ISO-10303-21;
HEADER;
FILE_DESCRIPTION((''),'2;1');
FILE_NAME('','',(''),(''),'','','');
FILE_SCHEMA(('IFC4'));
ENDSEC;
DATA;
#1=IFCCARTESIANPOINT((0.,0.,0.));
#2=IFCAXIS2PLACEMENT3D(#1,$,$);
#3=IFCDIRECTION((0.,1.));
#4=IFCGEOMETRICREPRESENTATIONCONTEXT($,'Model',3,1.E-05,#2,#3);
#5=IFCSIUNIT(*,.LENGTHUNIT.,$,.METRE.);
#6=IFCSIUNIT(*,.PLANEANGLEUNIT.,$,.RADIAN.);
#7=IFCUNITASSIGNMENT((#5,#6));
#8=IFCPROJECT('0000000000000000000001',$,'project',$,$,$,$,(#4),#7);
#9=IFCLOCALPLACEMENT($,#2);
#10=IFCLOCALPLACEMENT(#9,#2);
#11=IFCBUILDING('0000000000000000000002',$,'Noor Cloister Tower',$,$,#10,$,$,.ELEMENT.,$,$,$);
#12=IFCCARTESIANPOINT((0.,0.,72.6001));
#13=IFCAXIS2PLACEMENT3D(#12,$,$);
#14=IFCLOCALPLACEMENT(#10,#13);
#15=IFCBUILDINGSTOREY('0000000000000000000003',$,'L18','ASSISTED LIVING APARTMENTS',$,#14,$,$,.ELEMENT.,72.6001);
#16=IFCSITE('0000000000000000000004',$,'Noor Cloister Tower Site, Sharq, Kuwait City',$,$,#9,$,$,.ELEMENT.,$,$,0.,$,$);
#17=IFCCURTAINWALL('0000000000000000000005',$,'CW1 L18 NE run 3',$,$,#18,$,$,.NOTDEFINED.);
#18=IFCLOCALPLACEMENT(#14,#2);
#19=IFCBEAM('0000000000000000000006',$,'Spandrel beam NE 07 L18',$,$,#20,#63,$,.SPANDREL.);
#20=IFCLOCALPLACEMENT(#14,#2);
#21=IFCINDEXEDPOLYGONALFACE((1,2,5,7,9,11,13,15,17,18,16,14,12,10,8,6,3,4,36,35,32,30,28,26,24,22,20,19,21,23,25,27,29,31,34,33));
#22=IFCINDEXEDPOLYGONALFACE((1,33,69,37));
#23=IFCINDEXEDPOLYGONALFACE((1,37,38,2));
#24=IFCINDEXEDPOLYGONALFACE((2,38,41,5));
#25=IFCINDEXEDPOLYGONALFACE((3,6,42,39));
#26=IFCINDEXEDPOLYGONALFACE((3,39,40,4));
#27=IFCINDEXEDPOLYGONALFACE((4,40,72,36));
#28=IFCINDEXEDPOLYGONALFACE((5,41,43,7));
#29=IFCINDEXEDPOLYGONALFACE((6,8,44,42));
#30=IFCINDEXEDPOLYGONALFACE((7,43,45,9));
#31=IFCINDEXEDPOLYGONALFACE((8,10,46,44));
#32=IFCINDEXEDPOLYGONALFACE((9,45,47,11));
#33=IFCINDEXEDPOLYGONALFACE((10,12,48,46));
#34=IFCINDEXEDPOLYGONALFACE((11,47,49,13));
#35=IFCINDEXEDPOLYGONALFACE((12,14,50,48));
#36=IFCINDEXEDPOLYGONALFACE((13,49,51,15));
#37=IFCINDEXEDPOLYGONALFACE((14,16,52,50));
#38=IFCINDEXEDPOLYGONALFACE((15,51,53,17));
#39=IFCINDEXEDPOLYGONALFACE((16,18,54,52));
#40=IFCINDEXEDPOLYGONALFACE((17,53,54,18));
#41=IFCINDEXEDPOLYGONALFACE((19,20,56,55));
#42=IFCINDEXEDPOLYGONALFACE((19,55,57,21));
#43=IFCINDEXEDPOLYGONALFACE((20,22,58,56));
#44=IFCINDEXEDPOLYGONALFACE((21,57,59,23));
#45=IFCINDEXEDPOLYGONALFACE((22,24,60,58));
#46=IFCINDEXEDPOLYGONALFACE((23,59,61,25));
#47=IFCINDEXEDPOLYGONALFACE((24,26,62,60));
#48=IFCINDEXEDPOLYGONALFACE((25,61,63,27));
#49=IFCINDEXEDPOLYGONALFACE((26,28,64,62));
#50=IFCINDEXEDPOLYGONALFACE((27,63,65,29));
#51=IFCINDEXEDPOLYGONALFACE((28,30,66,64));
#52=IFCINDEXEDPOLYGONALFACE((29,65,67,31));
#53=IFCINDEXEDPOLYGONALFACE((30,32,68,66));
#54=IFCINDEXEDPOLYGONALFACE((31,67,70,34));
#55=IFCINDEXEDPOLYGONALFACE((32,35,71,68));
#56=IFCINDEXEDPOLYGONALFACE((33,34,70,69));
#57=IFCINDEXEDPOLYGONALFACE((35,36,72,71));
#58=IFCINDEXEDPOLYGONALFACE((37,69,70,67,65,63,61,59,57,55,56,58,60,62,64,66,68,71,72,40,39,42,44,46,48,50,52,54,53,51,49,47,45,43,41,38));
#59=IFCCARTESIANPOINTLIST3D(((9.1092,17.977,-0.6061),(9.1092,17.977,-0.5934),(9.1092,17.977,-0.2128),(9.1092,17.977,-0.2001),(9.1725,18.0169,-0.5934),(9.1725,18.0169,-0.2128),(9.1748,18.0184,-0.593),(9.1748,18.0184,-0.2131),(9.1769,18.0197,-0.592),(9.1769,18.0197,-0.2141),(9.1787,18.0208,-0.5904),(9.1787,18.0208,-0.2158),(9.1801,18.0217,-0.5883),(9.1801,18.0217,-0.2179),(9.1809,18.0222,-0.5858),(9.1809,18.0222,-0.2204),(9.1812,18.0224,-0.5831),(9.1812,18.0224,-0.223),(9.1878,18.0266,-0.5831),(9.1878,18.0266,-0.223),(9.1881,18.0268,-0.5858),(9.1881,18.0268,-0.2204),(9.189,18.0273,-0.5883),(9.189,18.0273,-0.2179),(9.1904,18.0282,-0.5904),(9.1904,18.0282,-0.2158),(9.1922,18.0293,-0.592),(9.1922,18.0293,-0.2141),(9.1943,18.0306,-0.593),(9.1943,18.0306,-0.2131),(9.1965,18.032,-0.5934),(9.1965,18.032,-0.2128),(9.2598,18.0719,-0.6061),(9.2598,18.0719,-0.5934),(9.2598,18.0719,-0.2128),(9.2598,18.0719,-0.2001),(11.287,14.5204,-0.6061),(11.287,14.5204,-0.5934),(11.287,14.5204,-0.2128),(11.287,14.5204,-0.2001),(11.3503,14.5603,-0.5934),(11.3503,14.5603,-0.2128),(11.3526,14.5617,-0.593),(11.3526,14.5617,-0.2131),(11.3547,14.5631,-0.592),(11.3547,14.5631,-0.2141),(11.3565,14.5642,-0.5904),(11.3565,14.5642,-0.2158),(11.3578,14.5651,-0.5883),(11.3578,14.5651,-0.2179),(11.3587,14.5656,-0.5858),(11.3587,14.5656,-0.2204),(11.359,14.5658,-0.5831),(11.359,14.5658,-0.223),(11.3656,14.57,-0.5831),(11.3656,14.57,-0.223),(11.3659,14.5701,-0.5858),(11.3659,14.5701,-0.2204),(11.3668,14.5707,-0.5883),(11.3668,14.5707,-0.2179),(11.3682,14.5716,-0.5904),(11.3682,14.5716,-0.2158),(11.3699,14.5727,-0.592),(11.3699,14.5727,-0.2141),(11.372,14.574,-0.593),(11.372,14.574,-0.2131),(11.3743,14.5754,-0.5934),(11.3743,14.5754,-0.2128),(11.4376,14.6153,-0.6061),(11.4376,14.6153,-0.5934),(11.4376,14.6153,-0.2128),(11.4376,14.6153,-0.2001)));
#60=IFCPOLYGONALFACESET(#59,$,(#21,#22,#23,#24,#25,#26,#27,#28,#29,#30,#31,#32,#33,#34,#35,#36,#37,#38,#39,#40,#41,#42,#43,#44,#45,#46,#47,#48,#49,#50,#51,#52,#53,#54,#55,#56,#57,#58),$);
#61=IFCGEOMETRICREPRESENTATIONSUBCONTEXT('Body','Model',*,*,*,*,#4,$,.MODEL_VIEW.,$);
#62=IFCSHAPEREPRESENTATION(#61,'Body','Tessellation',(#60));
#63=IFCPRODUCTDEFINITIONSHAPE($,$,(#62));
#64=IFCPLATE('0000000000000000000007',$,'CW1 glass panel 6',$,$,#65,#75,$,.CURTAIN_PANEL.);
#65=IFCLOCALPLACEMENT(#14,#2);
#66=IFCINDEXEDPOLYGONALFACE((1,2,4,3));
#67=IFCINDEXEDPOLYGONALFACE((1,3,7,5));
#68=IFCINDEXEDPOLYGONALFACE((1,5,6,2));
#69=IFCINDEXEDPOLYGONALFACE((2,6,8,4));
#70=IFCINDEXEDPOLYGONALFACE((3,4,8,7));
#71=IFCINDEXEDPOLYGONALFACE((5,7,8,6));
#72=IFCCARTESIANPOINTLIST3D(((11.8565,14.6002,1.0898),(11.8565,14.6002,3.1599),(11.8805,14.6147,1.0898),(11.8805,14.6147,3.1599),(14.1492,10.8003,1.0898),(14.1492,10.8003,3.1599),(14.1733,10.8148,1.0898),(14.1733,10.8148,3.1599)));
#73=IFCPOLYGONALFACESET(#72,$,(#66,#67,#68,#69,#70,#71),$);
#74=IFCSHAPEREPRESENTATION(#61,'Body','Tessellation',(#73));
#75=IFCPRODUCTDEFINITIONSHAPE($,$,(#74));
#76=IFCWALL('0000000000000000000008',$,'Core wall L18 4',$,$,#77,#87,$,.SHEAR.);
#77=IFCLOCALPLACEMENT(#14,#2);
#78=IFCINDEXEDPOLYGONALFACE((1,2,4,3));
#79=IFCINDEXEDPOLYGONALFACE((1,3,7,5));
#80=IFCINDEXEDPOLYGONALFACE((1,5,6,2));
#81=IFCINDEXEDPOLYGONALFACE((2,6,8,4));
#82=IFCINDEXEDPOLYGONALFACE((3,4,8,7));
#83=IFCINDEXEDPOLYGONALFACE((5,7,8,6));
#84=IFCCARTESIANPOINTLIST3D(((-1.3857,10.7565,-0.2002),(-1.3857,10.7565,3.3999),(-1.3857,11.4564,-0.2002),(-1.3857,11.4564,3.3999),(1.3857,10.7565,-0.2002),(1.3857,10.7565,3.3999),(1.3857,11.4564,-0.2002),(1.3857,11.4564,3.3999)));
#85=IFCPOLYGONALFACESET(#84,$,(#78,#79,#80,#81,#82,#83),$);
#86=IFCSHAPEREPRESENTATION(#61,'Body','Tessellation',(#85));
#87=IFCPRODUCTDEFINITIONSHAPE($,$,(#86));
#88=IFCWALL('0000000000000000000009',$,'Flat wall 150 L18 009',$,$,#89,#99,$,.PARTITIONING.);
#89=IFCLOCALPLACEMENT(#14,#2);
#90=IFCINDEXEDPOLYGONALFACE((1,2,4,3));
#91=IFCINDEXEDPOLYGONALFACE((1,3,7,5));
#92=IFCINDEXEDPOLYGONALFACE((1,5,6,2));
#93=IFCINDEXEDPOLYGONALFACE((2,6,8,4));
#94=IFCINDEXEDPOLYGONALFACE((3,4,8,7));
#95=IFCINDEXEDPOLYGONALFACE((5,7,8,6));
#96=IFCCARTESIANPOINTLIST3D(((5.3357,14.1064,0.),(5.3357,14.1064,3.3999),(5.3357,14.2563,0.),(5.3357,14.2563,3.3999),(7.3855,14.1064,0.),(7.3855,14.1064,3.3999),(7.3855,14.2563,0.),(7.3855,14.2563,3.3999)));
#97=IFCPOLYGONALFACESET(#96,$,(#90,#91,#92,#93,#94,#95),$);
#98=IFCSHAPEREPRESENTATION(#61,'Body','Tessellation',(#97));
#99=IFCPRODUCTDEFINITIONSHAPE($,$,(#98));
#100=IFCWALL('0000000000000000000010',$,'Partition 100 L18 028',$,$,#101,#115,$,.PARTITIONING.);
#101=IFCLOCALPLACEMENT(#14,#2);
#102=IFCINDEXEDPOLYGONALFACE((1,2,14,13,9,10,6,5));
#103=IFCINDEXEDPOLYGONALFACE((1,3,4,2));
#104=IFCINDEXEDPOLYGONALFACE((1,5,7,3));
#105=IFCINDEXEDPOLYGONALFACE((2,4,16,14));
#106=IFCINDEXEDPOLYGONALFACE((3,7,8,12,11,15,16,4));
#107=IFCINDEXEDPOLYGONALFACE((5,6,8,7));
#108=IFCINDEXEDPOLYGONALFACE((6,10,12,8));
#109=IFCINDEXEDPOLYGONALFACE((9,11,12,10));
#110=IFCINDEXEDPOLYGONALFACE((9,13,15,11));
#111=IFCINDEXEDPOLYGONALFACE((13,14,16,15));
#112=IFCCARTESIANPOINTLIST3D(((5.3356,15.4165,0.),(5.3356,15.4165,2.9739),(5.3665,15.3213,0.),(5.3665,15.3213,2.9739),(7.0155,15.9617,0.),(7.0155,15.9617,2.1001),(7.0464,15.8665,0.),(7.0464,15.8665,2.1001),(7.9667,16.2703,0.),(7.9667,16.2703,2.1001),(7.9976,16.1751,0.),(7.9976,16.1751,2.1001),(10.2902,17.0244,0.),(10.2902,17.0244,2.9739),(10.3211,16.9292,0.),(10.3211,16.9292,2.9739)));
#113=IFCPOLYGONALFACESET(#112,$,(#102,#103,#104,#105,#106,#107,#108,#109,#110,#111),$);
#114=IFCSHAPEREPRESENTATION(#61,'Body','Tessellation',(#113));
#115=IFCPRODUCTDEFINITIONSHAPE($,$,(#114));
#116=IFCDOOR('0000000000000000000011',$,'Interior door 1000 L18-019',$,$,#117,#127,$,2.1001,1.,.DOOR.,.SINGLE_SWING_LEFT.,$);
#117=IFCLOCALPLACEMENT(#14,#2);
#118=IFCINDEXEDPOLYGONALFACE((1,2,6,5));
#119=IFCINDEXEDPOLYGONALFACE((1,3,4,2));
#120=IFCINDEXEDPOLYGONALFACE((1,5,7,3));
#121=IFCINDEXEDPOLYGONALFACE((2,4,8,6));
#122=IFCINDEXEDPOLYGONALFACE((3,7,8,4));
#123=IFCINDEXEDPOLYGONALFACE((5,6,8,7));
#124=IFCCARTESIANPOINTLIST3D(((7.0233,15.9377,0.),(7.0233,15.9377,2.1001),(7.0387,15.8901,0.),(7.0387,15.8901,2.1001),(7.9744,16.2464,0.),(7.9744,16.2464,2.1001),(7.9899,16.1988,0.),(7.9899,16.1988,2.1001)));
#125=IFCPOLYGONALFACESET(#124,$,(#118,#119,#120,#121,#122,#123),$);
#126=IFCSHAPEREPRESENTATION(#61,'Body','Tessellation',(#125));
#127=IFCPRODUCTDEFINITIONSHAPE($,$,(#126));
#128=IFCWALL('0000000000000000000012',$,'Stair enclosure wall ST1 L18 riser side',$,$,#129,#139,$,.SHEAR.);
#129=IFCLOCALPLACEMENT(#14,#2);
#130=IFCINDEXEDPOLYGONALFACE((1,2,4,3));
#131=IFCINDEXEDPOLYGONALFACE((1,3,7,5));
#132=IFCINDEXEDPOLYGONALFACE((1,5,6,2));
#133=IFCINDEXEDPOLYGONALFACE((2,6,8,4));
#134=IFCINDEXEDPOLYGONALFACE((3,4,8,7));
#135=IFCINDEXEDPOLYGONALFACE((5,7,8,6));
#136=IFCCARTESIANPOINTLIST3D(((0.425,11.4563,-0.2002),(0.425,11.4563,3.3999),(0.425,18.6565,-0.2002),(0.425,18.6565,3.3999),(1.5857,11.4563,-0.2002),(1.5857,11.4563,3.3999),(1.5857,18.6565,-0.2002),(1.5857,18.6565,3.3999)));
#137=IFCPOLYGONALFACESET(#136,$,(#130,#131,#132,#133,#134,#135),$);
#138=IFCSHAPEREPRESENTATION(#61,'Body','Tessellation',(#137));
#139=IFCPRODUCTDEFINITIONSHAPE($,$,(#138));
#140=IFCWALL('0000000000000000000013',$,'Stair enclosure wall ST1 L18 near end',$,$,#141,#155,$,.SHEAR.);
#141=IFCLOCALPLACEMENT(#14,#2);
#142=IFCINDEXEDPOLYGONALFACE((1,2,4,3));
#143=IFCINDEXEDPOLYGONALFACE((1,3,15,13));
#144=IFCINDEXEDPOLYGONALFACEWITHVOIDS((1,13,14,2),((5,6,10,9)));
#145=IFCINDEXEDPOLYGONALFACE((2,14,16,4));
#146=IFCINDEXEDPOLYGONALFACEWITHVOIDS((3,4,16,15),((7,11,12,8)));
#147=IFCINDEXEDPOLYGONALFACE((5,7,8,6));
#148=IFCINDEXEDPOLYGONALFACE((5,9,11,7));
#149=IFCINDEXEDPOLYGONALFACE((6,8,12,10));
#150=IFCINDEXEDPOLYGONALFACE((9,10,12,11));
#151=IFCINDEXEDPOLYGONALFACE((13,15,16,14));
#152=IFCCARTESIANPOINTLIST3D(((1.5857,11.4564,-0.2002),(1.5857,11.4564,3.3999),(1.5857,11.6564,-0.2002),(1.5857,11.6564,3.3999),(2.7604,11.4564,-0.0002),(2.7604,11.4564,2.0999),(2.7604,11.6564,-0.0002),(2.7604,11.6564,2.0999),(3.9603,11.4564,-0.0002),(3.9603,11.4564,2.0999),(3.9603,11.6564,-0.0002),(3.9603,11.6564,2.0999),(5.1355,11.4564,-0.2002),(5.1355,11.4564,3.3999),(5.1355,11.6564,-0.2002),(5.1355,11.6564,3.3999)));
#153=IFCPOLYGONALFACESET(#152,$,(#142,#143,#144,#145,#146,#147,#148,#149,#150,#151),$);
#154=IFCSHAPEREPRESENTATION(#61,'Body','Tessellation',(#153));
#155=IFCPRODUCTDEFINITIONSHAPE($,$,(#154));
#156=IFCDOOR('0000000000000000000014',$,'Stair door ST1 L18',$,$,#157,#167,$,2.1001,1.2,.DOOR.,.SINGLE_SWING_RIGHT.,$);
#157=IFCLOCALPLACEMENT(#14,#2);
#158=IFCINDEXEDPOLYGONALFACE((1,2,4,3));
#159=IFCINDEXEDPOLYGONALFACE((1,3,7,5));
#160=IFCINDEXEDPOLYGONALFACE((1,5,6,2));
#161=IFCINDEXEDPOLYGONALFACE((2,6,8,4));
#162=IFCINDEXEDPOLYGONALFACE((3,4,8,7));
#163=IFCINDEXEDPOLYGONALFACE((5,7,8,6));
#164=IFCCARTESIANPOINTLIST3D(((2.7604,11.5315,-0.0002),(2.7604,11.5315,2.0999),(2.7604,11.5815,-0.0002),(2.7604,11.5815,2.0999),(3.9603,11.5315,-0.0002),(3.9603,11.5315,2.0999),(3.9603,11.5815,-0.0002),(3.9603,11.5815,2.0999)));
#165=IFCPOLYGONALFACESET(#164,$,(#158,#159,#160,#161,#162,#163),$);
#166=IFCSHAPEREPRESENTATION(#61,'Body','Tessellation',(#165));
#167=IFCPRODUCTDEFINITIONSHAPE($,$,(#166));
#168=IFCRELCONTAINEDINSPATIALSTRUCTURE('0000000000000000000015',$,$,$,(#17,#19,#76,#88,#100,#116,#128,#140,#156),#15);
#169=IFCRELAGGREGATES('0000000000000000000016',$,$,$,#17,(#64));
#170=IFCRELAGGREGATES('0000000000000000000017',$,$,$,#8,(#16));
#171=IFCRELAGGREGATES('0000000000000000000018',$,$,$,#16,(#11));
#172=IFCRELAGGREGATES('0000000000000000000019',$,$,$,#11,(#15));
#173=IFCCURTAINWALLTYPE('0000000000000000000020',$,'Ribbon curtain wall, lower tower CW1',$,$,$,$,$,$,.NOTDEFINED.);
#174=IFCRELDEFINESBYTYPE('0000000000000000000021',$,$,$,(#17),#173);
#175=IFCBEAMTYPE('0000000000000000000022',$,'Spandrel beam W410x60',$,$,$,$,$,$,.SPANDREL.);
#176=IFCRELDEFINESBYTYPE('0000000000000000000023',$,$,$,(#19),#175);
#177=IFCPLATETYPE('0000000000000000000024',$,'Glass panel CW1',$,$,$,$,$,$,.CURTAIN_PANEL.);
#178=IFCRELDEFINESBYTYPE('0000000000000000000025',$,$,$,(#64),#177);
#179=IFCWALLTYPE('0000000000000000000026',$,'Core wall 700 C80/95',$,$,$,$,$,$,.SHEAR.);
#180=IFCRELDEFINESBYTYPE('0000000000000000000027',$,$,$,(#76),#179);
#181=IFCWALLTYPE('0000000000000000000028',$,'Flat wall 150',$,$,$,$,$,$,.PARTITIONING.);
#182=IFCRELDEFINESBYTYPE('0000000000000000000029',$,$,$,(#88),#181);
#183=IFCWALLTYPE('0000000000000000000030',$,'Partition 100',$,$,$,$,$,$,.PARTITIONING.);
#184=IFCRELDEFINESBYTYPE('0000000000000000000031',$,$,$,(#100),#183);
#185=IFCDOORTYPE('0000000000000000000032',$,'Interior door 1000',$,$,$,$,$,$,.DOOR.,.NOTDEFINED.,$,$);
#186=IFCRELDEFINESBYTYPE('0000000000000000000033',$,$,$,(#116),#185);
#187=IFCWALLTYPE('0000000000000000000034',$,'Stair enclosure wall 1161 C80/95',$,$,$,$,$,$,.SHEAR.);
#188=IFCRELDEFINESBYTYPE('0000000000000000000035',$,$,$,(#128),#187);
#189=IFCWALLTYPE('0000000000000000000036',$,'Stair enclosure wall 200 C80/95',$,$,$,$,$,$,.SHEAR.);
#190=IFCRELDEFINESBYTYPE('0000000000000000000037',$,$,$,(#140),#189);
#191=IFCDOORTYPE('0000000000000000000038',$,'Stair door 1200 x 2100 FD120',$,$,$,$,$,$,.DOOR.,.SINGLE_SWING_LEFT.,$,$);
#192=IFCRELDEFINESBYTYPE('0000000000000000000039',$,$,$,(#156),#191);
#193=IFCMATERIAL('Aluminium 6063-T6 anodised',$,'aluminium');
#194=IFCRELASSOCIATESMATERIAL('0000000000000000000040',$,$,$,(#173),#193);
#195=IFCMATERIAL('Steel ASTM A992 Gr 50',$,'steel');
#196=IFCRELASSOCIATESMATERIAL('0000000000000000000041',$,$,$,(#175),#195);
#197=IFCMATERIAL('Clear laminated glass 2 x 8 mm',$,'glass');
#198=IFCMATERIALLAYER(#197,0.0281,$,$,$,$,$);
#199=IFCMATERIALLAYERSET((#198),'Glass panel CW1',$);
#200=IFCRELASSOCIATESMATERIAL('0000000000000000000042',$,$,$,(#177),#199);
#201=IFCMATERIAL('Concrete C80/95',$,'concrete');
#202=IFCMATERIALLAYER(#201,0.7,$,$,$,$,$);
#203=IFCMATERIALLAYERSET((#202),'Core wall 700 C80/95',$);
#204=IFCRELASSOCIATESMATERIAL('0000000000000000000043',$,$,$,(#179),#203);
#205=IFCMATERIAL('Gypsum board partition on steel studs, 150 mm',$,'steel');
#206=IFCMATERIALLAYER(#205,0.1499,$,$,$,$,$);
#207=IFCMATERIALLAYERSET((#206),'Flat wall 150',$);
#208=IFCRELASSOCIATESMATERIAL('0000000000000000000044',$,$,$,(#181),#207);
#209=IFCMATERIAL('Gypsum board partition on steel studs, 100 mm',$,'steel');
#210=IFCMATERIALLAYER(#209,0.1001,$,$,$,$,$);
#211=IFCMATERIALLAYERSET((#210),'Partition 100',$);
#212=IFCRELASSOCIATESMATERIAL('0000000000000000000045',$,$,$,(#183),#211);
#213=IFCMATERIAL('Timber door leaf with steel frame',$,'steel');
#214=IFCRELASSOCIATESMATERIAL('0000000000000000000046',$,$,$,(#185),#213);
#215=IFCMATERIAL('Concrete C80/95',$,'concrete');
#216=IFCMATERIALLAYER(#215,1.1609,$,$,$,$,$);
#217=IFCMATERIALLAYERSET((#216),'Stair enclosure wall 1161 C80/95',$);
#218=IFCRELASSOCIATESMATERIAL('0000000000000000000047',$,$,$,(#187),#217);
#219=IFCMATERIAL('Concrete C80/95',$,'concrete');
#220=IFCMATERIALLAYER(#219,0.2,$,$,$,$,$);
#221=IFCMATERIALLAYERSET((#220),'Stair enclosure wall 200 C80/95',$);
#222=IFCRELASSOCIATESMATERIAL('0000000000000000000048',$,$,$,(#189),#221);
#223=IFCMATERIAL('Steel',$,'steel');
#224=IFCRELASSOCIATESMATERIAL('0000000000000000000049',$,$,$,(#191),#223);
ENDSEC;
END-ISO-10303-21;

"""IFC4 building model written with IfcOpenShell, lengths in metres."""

from ifc_helpers import new_model, si_unit, direction, frame, frame_2d, origin, origin_2d, place, context, subcontext, project, spatial, rectangle, i_section, extrude, material, layer, layer_set, material_profile, profile_set, type_object, element, fill, aggregate, save


model = new_model("IFC4")

# Units and contexts
model_context = context("Model", 3, precision=1e-05, world=origin(), true_north=direction((0.0, 1.0)))
body_context = subcontext(model_context, "Body", "Model", "MODEL_VIEW")
ifc_project = project(units=[si_unit("LENGTHUNIT", "METRE"), si_unit("PLANEANGLEUNIT", "RADIAN")], contexts=[model_context])

# Site, building, storey
site_placement = place(None, origin())
site = spatial("IfcSite", under=ifc_project, at=site_placement, Name="Noor Cloister Tower Site, Sharq, Kuwait City", CompositionType="ELEMENT", RefElevation=0.0)
building_placement = place(site_placement, origin())
building = spatial("IfcBuilding", under=site, at=building_placement, Name="Noor Cloister Tower", CompositionType="ELEMENT")
storey_placement = place(building_placement, frame((0.0, 0.0, 72.6001)))
storey = spatial("IfcBuildingStorey", under=building, at=storey_placement, Name="L18", Description="ASSISTED LIVING APARTMENTS", CompositionType="ELEMENT", Elevation=72.6001)

# Curtain wall
ifc_material_1 = material(Name="Aluminium 6063-T6 anodised", Category="aluminium")
curtain_wall_type = type_object("IfcCurtainWallType", Name="Ribbon curtain wall, lower tower CW1", PredefinedType="NOTDEFINED", material=ifc_material_1)
curtain_wall_placement = place(storey_placement, origin())
curtain_wall = element("IfcCurtainWall", 1, at=curtain_wall_placement, inside=storey, type_object=curtain_wall_type, Name="CW1 L18 NE run 3", PredefinedType="NOTDEFINED")

# Beam
ifc_material_2 = material(Name="Steel ASTM A992 Gr 50", Category="steel")
ifc_material_profile_1 = material_profile(ifc_material_2, i_section(OverallWidth=0.178, OverallDepth=0.406, WebThickness=0.0078, FlangeThickness=0.0127, FilletRadius=0.0103, at=origin_2d()), Name="W410x60")
ifc_profile_set_1 = profile_set([ifc_material_profile_1], Name="Steel ASTM A992 Gr 50")
beam_type_1 = type_object("IfcBeamType", Name="Spandrel beam W410x60", PredefinedType="SPANDREL", material=ifc_profile_set_1)
beam_1_placement = place(storey_placement, frame((11.3623, 14.5679, -0.4031), z_axis=(-0.533057, 0.846079, 0.0), x_axis=(-0.846079, -0.533057, 0.0)))
element("IfcBeam", 2, at=beam_1_placement, inside=storey, type_object=beam_type_1, Name="Spandrel beam NE 07 L18", PredefinedType="SPANDREL", context=body_context, shape_type="SweptSolid", body=[
    extrude(i_section(OverallWidth=0.178, OverallDepth=0.406, WebThickness=0.0078, FlangeThickness=0.0127, FilletRadius=0.0103, at=origin_2d()), origin(), (0.0, 0.0, 1.0), 4.0854),
])

# Plate
ifc_material_3 = material(Name="Clear laminated glass 2 x 8 mm", Category="glass")
ifc_layer_1 = layer(ifc_material_3, 0.0281)
ifc_layer_set_1 = layer_set([ifc_layer_1], Name="Glass panel CW1")
plate_type = type_object("IfcPlateType", Name="Glass panel CW1", PredefinedType="CURTAIN_PANEL", material=ifc_layer_set_1)
plate_placement = place(storey_placement, frame((13.0149, 12.7075, 1.0898), z_axis=(0.0, 0.0, 1.0), x_axis=(-0.516614, 0.856219, 0.0)))
plate = element("IfcPlate", 3, at=plate_placement, type_object=plate_type, Name="CW1 glass panel 6", PredefinedType="CURTAIN_PANEL", context=body_context, shape_type="SweptSolid", body=[
    extrude(rectangle(XDim=4.438, YDim=0.0281, at=origin_2d()), origin(), (0.0, 0.0, 1.0), 2.0701),
])
aggregate(curtain_wall, [plate])

# Walls
ifc_material_4 = material(Name="Concrete C80/95", Category="concrete")
ifc_layer_2 = layer(ifc_material_4, 0.7)
ifc_layer_set_2 = layer_set([ifc_layer_2], Name="Core wall 700 C80/95")
wall_type_1 = type_object("IfcWallType", Name="Core wall 700 C80/95", PredefinedType="SHEAR", material=ifc_layer_set_2)
wall_1_placement = place(storey_placement, frame((1.3857, 11.1064, -0.2002), z_axis=(0.0, 0.0, 1.0), x_axis=(-1.0, 0.0, 0.0)))
element("IfcWall", 4, at=wall_1_placement, inside=storey, type_object=wall_type_1, Name="Core wall L18 4", PredefinedType="SHEAR", context=body_context, shape_type="SweptSolid", body=[
    extrude(rectangle(XDim=2.7715, YDim=0.7, at=frame_2d((1.3857, 0.0))), origin(), (0.0, 0.0, 1.0), 3.6001),
])
ifc_material_5 = material(Name="Gypsum board partition on steel studs, 150 mm", Category="steel")
ifc_layer_3 = layer(ifc_material_5, 0.1499)
ifc_layer_set_3 = layer_set([ifc_layer_3], Name="Flat wall 150")
wall_type_2 = type_object("IfcWallType", Name="Flat wall 150", PredefinedType="PARTITIONING", material=ifc_layer_set_3)
wall_2_placement = place(storey_placement, frame((5.3357, 14.1814, 0.0), z_axis=(0.0, 0.0, 1.0), x_axis=(1.0, 0.0, 0.0)))
element("IfcWall", 5, at=wall_2_placement, inside=storey, type_object=wall_type_2, Name="Flat wall 150 L18 009", PredefinedType="PARTITIONING", context=body_context, shape_type="SweptSolid", body=[
    extrude(rectangle(XDim=2.0498, YDim=0.1499, at=frame_2d((1.0249, 0.0))), origin(), (0.0, 0.0, 1.0), 3.3999),
])

# Wall, opening, door
ifc_material_6 = material(Name="Gypsum board partition on steel studs, 100 mm", Category="steel")
ifc_layer_4 = layer(ifc_material_6, 0.1001)
ifc_layer_set_4 = layer_set([ifc_layer_4], Name="Partition 100")
wall_type_3 = type_object("IfcWallType", Name="Partition 100", PredefinedType="PARTITIONING", material=ifc_layer_set_4)
wall_3_placement = place(storey_placement, frame((5.3511, 15.3689, 0.0), z_axis=(0.0, 0.0, 1.0), x_axis=(0.951166, 0.308681, 0.0)))
wall_3 = element("IfcWall", 6, at=wall_3_placement, inside=storey, type_object=wall_type_3, Name="Partition 100 L18 028", PredefinedType="PARTITIONING", context=body_context, shape_type="SweptSolid", body=[
    extrude(rectangle(XDim=5.209, YDim=0.1001, at=frame_2d((2.6045, 0.0))), origin(), (0.0, 0.0, 1.0), 2.9739),
])
opening_1_placement = place(wall_3_placement, frame((1.7661, 0.0, 0.0)))
opening_1 = element("IfcOpeningElement", 7, at=opening_1_placement, cuts=wall_3, PredefinedType="OPENING", context=body_context, shape_type="SweptSolid", body=[
    extrude(rectangle(XDim=1.0, YDim=2.1001, at=frame_2d((0.5, 1.05))), frame((0.0, 0.0601, 0.0), z_axis=(0.0, -1.0, 0.0), x_axis=(1.0, 0.0, 0.0)), (0.0, 0.0, 1.0), 0.1201),
])
ifc_material_7 = material(Name="Timber door leaf with steel frame", Category="steel")
door_type_1 = type_object("IfcDoorType", Name="Interior door 1000", OperationType="NOTDEFINED", PredefinedType="DOOR", material=ifc_material_7)
door_1_placement = place(opening_1_placement, origin())
door_1 = element("IfcDoor", 8, at=door_1_placement, inside=storey, type_object=door_type_1, Name="Interior door 1000 L18-019", OperationType="SINGLE_SWING_LEFT", OverallHeight=2.1001, OverallWidth=1.0, PredefinedType="DOOR", context=body_context, shape_type="SweptSolid", body=[
    extrude(rectangle(XDim=1.0, YDim=2.1001, at=frame_2d((0.5, 1.05))), frame((0.0, 0.0249, 0.0), z_axis=(0.0, -1.0, 0.0), x_axis=(1.0, 0.0, 0.0)), (0.0, 0.0, 1.0), 0.05),
])
fill(opening_1, door_1)

# Wall
ifc_material_8 = material(Name="Concrete C80/95", Category="concrete")
ifc_layer_5 = layer(ifc_material_8, 1.1609)
ifc_layer_set_5 = layer_set([ifc_layer_5], Name="Stair enclosure wall 1161 C80/95")
wall_type_4 = type_object("IfcWallType", Name="Stair enclosure wall 1161 C80/95", PredefinedType="SHEAR", material=ifc_layer_set_5)
wall_4_placement = place(storey_placement, frame((1.0054, 11.4563, -0.2002), z_axis=(0.0, 0.0, 1.0), x_axis=(0.0, 1.0, 0.0)))
element("IfcWall", 9, at=wall_4_placement, inside=storey, type_object=wall_type_4, Name="Stair enclosure wall ST1 L18 riser side", PredefinedType="SHEAR", context=body_context, shape_type="SweptSolid", body=[
    extrude(rectangle(XDim=7.2002, YDim=1.1606, at=frame_2d((3.6001, 0.0))), origin(), (0.0, 0.0, 1.0), 3.6001),
])

# Wall, opening, door
ifc_material_9 = material(Name="Concrete C80/95", Category="concrete")
ifc_layer_6 = layer(ifc_material_9, 0.2)
ifc_layer_set_6 = layer_set([ifc_layer_6], Name="Stair enclosure wall 200 C80/95")
wall_type_5 = type_object("IfcWallType", Name="Stair enclosure wall 200 C80/95", PredefinedType="SHEAR", material=ifc_layer_set_6)
wall_5_placement = place(storey_placement, frame((5.1355, 11.5564, -0.2002), z_axis=(0.0, 0.0, 1.0), x_axis=(-1.0, 0.0, 0.0)))
wall_5 = element("IfcWall", 10, at=wall_5_placement, inside=storey, type_object=wall_type_5, Name="Stair enclosure wall ST1 L18 near end", PredefinedType="SHEAR", context=body_context, shape_type="SweptSolid", body=[
    extrude(rectangle(XDim=3.5498, YDim=0.2, at=frame_2d((1.7749, 0.0))), origin(), (0.0, 0.0, 1.0), 3.6001),
])
opening_2_placement = place(wall_5_placement, frame((1.175, 0.0, 0.2)))
opening_2 = element("IfcOpeningElement", 11, at=opening_2_placement, cuts=wall_5, PredefinedType="OPENING", context=body_context, shape_type="SweptSolid", body=[
    extrude(rectangle(XDim=1.2, YDim=2.1001, at=frame_2d((0.6001, 1.05))), frame((0.0, 0.1099, 0.0), z_axis=(0.0, -1.0, 0.0), x_axis=(1.0, 0.0, 0.0)), (0.0, 0.0, 1.0), 0.22),
])
ifc_material_10 = material(Name="Steel", Category="steel")
door_type_2 = type_object("IfcDoorType", Name="Stair door 1200 x 2100 FD120", OperationType="SINGLE_SWING_LEFT", PredefinedType="DOOR", material=ifc_material_10)
door_2_placement = place(opening_2_placement, origin())
door_2 = element("IfcDoor", 12, at=door_2_placement, inside=storey, type_object=door_type_2, Name="Stair door ST1 L18", OperationType="SINGLE_SWING_RIGHT", OverallHeight=2.1001, OverallWidth=1.2, PredefinedType="DOOR", context=body_context, shape_type="SweptSolid", body=[
    extrude(rectangle(XDim=1.2, YDim=2.1001, at=frame_2d((0.6001, 1.05))), frame((0.0, 0.0249, 0.0), z_axis=(0.0, -1.0, 0.0), x_axis=(1.0, 0.0, 0.0)), (0.0, 0.0, 1.0), 0.05),
])
fill(opening_2, door_2)

save(model, "model.ifc")
